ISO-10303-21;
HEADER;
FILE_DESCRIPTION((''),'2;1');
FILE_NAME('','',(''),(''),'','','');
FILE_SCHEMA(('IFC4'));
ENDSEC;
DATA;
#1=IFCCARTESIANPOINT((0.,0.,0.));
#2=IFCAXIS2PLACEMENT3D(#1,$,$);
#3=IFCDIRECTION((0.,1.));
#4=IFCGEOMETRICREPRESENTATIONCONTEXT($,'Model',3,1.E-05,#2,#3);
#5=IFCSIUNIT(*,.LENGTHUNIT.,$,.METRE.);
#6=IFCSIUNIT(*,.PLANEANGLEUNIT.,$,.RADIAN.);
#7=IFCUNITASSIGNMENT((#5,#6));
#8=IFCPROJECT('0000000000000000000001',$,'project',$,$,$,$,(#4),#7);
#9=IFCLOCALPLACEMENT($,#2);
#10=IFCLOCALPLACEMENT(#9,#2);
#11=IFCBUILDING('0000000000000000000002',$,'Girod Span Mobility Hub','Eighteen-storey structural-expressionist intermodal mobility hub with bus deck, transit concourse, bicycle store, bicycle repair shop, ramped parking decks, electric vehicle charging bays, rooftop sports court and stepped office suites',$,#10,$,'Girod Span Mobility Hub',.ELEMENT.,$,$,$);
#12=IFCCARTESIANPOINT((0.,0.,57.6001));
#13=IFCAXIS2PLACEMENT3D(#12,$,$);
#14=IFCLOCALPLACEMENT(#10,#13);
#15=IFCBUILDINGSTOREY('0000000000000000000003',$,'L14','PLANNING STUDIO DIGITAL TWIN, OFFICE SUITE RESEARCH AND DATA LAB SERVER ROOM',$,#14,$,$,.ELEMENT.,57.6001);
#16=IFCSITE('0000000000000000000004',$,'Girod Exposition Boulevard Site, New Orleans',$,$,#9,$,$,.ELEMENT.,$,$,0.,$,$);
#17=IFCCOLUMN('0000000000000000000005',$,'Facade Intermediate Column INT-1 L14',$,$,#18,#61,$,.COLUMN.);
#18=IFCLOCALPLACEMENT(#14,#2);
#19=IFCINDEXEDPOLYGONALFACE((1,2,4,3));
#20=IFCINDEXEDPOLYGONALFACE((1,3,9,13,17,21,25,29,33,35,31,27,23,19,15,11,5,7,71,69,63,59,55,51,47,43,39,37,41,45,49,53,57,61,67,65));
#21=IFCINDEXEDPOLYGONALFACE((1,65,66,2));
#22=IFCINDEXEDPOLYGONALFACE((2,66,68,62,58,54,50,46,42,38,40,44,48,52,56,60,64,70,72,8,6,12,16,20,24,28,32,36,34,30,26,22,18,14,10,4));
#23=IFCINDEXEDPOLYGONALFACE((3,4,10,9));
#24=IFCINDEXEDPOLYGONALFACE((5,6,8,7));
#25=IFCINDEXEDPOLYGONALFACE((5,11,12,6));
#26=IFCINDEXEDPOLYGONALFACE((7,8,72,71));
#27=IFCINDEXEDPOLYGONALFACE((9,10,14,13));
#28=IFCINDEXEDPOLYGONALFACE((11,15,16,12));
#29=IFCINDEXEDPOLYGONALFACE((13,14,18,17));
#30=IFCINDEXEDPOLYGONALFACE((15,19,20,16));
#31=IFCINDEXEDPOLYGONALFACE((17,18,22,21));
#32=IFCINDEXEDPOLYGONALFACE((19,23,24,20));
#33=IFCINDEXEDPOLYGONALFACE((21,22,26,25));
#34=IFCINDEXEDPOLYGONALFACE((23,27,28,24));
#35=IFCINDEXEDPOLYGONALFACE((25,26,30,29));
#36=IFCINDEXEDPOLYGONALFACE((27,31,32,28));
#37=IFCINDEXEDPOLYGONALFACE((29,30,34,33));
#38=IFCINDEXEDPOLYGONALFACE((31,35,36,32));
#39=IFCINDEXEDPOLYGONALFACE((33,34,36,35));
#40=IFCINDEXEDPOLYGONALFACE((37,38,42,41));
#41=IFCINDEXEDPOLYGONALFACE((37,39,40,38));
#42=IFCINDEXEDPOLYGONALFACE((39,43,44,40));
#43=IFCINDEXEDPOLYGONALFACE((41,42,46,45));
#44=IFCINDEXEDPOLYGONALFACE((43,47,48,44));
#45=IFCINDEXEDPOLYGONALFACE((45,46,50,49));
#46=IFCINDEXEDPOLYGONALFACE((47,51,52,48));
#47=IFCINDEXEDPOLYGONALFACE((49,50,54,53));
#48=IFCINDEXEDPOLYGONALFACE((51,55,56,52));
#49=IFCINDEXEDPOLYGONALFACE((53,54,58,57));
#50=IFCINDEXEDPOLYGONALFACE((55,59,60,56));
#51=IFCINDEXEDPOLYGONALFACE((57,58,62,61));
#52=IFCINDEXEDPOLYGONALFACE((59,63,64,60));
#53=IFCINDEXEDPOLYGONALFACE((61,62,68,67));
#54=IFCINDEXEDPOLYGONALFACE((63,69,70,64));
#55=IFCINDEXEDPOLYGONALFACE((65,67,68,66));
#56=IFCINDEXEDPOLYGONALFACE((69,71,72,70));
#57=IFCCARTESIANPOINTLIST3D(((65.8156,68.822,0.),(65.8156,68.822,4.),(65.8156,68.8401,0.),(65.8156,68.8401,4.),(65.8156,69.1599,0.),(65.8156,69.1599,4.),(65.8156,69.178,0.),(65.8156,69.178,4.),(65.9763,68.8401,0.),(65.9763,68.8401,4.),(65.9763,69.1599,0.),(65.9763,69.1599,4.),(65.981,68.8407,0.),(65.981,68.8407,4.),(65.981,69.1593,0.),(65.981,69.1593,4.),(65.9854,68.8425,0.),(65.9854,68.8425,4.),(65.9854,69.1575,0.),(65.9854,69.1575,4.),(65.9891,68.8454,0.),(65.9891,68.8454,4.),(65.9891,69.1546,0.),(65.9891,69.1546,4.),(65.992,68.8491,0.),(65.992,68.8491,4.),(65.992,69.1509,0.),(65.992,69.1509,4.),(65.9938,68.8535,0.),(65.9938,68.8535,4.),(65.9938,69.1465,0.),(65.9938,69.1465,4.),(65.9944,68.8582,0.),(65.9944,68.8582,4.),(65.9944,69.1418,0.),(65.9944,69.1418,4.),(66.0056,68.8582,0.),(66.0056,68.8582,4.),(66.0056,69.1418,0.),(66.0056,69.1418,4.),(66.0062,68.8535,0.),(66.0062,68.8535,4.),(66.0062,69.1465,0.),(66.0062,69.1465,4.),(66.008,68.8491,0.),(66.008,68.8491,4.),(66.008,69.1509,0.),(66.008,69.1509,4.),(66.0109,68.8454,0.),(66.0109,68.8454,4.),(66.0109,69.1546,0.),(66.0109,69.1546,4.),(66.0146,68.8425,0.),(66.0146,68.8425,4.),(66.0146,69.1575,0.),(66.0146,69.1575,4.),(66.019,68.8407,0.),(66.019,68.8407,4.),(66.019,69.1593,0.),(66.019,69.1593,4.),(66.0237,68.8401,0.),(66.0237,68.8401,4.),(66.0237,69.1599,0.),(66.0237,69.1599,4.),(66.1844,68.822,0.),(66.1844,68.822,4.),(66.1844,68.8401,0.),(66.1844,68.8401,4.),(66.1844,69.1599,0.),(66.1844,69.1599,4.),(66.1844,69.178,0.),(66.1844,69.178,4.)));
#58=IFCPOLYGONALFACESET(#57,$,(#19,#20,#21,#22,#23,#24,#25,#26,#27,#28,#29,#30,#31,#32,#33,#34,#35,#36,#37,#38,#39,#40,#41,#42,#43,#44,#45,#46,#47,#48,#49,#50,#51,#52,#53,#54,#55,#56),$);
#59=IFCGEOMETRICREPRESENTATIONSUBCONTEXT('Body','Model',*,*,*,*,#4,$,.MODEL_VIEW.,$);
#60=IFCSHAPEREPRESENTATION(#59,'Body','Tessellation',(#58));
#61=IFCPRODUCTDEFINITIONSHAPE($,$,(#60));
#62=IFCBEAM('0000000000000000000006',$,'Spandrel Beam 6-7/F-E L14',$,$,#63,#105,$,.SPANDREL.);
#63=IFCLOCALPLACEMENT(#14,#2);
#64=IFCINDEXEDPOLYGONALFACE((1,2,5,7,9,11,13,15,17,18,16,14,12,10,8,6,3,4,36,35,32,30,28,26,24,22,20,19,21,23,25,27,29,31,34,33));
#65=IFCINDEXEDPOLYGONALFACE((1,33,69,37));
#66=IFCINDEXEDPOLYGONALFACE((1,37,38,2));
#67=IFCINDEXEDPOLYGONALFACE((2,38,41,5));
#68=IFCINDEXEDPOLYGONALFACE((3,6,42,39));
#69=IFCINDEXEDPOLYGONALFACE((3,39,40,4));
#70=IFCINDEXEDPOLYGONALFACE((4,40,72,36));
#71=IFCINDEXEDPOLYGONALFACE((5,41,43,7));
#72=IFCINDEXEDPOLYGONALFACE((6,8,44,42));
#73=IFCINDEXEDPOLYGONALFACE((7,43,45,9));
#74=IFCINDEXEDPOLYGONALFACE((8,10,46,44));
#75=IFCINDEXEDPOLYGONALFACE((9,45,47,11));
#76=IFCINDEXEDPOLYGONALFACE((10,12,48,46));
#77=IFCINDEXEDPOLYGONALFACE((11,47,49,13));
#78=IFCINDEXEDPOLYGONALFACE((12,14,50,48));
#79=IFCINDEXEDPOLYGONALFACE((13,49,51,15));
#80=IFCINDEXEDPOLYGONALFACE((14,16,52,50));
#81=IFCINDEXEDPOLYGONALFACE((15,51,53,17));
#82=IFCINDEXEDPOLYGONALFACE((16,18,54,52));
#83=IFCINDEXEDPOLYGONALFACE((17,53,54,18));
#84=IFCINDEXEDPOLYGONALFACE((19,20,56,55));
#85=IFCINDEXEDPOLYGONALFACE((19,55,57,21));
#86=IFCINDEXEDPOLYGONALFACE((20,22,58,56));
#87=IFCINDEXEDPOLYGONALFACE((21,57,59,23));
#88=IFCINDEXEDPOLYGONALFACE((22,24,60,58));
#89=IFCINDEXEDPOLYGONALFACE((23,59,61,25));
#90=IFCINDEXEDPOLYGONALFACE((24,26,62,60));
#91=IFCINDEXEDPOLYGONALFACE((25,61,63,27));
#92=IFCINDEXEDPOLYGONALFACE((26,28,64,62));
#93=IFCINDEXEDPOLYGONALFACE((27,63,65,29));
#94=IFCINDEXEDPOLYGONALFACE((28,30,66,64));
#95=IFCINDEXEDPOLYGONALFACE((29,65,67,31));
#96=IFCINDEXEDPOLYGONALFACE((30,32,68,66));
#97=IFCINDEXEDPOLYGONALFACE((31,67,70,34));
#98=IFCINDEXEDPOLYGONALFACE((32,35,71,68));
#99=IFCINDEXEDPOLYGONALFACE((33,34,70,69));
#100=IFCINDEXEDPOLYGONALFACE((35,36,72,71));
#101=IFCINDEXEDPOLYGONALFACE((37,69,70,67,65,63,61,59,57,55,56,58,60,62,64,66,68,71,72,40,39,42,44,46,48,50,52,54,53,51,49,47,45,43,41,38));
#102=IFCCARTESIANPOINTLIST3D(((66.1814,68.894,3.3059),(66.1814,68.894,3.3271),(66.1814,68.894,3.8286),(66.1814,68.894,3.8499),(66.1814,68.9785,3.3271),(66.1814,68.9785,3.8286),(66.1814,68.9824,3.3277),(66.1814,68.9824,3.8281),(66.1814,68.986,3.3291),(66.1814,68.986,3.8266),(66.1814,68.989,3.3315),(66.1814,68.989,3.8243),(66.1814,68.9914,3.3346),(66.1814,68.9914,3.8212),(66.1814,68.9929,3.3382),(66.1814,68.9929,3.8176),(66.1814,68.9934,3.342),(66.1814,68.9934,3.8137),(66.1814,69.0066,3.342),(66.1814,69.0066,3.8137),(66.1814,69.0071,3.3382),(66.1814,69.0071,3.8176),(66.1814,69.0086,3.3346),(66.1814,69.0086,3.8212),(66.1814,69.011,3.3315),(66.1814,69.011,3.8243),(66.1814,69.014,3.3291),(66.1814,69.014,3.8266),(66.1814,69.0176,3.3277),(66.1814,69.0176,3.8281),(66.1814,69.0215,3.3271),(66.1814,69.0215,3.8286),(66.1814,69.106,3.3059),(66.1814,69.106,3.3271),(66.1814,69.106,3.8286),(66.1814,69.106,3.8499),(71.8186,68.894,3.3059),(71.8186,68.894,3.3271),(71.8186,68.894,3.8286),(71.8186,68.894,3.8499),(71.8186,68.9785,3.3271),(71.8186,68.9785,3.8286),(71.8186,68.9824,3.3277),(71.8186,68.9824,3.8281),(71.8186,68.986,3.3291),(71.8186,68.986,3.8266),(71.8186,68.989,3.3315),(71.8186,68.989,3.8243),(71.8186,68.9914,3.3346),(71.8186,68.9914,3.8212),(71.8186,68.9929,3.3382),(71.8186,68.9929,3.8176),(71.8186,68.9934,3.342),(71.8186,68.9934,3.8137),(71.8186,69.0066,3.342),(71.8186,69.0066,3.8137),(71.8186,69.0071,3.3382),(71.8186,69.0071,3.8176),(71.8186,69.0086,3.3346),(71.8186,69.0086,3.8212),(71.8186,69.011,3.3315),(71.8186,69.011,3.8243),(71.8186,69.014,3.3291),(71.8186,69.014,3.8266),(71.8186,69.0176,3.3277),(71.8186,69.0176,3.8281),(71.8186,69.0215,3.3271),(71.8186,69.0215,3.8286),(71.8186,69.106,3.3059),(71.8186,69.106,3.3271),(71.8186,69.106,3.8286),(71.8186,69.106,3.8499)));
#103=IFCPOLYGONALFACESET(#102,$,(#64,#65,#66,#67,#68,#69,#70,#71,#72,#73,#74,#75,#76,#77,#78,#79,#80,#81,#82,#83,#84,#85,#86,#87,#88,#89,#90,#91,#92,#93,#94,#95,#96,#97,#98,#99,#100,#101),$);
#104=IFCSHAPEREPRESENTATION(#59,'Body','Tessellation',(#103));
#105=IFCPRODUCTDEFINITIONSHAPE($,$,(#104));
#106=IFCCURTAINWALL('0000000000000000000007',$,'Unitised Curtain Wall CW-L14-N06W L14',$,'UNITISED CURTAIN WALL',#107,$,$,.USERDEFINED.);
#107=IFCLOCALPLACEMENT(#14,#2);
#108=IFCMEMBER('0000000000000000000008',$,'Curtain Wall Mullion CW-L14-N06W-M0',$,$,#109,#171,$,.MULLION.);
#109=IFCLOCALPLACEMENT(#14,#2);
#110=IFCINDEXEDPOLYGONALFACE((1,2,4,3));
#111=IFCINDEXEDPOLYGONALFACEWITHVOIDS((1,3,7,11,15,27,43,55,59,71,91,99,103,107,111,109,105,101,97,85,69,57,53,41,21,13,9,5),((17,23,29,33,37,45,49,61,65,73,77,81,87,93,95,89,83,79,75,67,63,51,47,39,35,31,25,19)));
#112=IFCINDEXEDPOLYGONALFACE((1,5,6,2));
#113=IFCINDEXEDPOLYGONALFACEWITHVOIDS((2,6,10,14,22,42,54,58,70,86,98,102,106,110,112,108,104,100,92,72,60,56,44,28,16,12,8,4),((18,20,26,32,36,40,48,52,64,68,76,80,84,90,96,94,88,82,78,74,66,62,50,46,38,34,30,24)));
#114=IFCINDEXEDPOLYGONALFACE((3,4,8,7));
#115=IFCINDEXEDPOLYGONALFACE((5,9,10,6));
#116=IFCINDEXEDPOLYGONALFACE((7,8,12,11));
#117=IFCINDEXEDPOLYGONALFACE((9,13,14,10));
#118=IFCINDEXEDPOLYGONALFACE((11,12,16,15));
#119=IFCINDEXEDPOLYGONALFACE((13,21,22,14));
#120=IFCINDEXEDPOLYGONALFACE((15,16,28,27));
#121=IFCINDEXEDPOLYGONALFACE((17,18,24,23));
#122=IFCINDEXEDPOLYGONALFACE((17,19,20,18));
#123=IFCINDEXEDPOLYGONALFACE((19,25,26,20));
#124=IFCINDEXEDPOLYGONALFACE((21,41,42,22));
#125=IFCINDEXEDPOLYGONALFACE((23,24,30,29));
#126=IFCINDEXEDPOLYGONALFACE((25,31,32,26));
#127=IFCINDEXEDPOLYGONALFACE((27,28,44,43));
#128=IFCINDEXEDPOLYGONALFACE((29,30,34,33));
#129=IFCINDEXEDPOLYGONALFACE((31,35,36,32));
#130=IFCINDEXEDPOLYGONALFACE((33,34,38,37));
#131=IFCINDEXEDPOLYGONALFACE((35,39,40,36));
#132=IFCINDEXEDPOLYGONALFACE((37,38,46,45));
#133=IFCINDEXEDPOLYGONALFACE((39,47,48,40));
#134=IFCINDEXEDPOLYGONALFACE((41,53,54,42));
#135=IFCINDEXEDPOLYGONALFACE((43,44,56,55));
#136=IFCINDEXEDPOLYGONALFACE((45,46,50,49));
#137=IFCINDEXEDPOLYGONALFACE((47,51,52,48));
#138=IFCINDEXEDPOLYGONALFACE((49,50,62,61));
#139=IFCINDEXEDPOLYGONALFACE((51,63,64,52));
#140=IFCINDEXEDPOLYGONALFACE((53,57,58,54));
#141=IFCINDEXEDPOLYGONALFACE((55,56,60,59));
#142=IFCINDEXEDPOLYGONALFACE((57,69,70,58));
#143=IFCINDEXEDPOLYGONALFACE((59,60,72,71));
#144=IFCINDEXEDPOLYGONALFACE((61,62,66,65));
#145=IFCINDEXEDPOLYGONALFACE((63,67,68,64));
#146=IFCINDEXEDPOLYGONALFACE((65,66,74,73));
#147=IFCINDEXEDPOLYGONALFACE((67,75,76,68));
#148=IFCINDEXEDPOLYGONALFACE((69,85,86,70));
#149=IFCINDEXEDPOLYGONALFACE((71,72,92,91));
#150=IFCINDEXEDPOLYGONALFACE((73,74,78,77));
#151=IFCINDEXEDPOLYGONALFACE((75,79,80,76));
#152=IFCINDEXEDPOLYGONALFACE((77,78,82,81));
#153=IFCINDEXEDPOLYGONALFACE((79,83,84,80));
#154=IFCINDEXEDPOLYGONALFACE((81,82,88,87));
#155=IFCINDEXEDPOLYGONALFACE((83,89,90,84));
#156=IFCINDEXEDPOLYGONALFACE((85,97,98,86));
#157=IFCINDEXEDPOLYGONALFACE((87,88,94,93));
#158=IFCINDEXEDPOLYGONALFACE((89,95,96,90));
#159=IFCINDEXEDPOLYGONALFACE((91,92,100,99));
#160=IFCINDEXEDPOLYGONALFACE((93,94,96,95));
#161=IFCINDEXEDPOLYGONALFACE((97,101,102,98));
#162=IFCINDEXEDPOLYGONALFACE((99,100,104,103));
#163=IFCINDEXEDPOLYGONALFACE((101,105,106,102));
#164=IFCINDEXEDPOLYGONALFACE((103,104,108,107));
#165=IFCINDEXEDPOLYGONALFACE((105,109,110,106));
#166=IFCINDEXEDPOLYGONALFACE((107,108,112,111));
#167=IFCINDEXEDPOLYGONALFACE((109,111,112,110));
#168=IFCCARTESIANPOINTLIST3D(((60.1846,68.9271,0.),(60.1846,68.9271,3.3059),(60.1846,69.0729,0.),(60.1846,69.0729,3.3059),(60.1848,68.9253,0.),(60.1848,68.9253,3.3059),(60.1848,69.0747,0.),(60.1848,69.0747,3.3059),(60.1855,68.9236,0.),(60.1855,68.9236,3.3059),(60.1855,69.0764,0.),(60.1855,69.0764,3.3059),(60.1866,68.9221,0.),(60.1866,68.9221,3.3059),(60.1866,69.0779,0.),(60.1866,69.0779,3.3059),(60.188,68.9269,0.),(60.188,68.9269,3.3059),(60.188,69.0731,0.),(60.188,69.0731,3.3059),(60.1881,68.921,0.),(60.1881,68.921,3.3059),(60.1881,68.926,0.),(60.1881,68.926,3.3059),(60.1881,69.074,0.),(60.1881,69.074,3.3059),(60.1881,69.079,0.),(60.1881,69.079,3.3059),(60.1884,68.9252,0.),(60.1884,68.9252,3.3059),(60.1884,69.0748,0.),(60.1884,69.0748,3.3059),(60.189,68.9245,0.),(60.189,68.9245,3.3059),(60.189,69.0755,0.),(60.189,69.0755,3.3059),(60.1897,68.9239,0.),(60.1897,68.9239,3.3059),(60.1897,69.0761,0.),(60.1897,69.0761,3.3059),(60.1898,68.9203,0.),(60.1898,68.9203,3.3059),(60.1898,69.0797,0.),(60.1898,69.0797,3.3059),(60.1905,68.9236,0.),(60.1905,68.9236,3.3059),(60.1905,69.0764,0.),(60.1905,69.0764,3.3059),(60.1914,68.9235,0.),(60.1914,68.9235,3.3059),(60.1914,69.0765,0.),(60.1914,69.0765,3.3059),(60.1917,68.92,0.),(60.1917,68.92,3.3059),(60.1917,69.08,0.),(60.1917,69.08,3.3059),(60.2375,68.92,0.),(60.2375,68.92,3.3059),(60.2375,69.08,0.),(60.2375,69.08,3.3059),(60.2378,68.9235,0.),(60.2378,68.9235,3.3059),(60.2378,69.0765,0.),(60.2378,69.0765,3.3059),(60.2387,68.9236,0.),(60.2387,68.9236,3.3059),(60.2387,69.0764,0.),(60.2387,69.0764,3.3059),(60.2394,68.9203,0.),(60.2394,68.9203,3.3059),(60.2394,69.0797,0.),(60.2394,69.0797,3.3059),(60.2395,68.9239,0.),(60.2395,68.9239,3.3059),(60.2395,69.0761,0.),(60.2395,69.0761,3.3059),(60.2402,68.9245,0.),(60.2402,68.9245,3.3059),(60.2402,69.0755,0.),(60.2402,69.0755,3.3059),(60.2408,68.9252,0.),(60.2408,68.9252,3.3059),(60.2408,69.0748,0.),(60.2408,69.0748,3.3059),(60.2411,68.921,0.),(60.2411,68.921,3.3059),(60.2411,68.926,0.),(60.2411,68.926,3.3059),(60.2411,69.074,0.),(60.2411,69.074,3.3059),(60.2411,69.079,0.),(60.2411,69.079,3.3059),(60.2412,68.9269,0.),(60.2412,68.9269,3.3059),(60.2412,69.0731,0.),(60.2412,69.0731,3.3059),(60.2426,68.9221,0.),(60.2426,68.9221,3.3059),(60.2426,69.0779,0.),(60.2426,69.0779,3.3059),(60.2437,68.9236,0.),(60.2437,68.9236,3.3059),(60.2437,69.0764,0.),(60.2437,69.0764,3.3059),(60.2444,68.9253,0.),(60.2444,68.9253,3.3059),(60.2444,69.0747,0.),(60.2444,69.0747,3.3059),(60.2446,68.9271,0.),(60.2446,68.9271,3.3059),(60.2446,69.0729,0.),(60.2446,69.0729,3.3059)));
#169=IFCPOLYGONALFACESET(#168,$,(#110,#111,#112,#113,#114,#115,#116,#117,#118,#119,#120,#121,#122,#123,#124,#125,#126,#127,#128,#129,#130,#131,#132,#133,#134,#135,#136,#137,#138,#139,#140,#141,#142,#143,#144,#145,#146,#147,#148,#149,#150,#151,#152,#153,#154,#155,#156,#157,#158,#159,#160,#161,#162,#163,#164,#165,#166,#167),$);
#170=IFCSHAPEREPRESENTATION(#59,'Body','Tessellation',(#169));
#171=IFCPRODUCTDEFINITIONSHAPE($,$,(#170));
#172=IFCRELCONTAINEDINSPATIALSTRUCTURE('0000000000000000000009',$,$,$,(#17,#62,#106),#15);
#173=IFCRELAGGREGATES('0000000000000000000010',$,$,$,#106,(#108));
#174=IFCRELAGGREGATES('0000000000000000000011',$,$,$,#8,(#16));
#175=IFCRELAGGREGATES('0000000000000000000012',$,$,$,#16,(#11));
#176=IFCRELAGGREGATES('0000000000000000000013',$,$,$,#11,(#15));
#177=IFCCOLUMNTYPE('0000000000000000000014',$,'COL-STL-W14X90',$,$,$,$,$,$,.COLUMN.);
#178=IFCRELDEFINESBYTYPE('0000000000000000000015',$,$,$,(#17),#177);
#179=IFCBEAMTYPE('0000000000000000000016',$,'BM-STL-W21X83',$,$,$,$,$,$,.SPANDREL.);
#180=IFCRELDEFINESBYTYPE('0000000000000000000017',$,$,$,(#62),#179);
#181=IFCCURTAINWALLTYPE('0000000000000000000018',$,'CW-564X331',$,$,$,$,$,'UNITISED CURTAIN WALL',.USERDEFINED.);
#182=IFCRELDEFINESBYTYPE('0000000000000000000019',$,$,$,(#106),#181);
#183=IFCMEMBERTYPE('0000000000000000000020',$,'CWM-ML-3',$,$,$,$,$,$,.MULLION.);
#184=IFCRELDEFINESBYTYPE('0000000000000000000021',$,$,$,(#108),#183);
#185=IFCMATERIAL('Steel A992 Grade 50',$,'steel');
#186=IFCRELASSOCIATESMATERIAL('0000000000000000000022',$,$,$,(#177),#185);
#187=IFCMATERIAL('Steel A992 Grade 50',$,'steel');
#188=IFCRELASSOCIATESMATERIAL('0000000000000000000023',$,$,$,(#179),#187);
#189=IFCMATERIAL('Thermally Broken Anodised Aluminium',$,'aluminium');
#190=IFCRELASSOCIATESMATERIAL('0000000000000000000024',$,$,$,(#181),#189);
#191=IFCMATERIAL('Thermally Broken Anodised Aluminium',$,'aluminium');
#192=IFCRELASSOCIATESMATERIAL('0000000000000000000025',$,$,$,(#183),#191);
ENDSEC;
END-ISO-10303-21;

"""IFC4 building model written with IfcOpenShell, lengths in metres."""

from ifc_helpers import new_model, si_unit, direction, frame, origin, origin_2d, place, context, subcontext, project, spatial, hollow_rectangle, i_section, extrude, material, material_profile, profile_set, type_object, element, aggregate, save


model = new_model("IFC4")

# Units and contexts
model_context = context("Model", 3, precision=1e-05, world=origin(), true_north=direction((0.0, 1.0)))
body_context = subcontext(model_context, "Body", "Model", "MODEL_VIEW")
ifc_project = project(units=[si_unit("LENGTHUNIT", "METRE"), si_unit("PLANEANGLEUNIT", "RADIAN")], contexts=[model_context])

# Site, building, storey
site_placement = place(None, origin())
site = spatial("IfcSite", under=ifc_project, at=site_placement, Name="Girod Exposition Boulevard Site, New Orleans", CompositionType="ELEMENT", RefElevation=0.0)
building_placement = place(site_placement, origin())
building = spatial("IfcBuilding", under=site, at=building_placement, Name="Girod Span Mobility Hub", Description="Eighteen-storey structural-expressionist intermodal mobility hub with bus deck, transit concourse, bicycle store, bicycle repair shop, ramped parking decks, electric vehicle charging bays, rooftop sports court and stepped office suites", LongName="Girod Span Mobility Hub", CompositionType="ELEMENT")
storey_placement = place(building_placement, frame((0.0, 0.0, 57.6001)))
storey = spatial("IfcBuildingStorey", under=building, at=storey_placement, Name="L14", Description="PLANNING STUDIO DIGITAL TWIN, OFFICE SUITE RESEARCH AND DATA LAB SERVER ROOM", CompositionType="ELEMENT", Elevation=57.6001)

# Column
ifc_material_1 = material(Name="Steel A992 Grade 50", Category="steel")
ifc_material_profile_1 = material_profile(ifc_material_1, i_section(OverallWidth=0.3689, OverallDepth=0.356, WebThickness=0.0112, FlangeThickness=0.0181, FilletRadius=0.0181, at=origin_2d()), Name="W14X90")
ifc_profile_set_1 = profile_set([ifc_material_profile_1], Name="Steel A992 Grade 50")
column_type = type_object("IfcColumnType", Name="COL-STL-W14X90", PredefinedType="COLUMN", material=ifc_profile_set_1)
column_placement = place(storey_placement, frame((66.0, 69.0, 0.0), z_axis=(0.0, 0.0, 1.0), x_axis=(1.0, 0.0, 0.0)))
element("IfcColumn", 1, at=column_placement, inside=storey, type_object=column_type, Name="Facade Intermediate Column INT-1 L14", PredefinedType="COLUMN", context=body_context, shape_type="SweptSolid", body=[
    extrude(i_section(OverallWidth=0.3689, OverallDepth=0.356, WebThickness=0.0112, FlangeThickness=0.0181, FilletRadius=0.0181, at=origin_2d()), origin(), (0.0, 0.0, 1.0), 4.0),
])

# Beam
ifc_material_2 = material(Name="Steel A992 Grade 50", Category="steel")
ifc_material_profile_2 = material_profile(ifc_material_2, i_section(OverallWidth=0.2119, OverallDepth=0.5439, WebThickness=0.0132, FlangeThickness=0.0212, FilletRadius=0.0149, at=origin_2d()), Name="W21X83")
ifc_profile_set_2 = profile_set([ifc_material_profile_2], Name="Steel A992 Grade 50")
beam_type = type_object("IfcBeamType", Name="BM-STL-W21X83", PredefinedType="SPANDREL", material=ifc_profile_set_2)
beam_placement = place(storey_placement, frame((66.1814, 69.0, 3.5779), z_axis=(1.0, 0.0, 0.0), x_axis=(0.0, 1.0, 0.0)))
element("IfcBeam", 2, at=beam_placement, inside=storey, type_object=beam_type, Name="Spandrel Beam 6-7/F-E L14", PredefinedType="SPANDREL", context=body_context, shape_type="SweptSolid", body=[
    extrude(i_section(OverallWidth=0.2119, OverallDepth=0.5439, WebThickness=0.0132, FlangeThickness=0.0212, FilletRadius=0.0149, at=origin_2d()), origin(), (0.0, 0.0, 1.0), 5.6372),
])

# Curtain wall, member
ifc_material_3 = material(Name="Thermally Broken Anodised Aluminium", Category="aluminium")
curtain_wall_type = type_object("IfcCurtainWallType", Name="CW-564X331", ElementType="UNITISED CURTAIN WALL", PredefinedType="USERDEFINED", material=ifc_material_3)
curtain_wall_1_placement = place(storey_placement, origin())
curtain_wall_1 = element("IfcCurtainWall", 3, at=curtain_wall_1_placement, inside=storey, type_object=curtain_wall_type, Name="Unitised Curtain Wall CW-L14-N06W L14", ObjectType="UNITISED CURTAIN WALL", PredefinedType="USERDEFINED")
ifc_material_4 = material(Name="Thermally Broken Anodised Aluminium", Category="aluminium")
ifc_material_profile_3 = material_profile(ifc_material_4, hollow_rectangle(XDim=0.1599, YDim=0.0601, WallThickness=0.0034, InnerFilletRadius=0.0034, OuterFilletRadius=0.0071, at=origin_2d()), Name="CW-ML-60X160")
ifc_profile_set_3 = profile_set([ifc_material_profile_3], Name="Thermally Broken Anodised Aluminium")
member_type_1 = type_object("IfcMemberType", Name="CWM-ML-3", PredefinedType="MULLION", material=ifc_profile_set_3)
member_1_placement = place(storey_placement, frame((60.2146, 69.0, 0.0), z_axis=(0.0, 0.0, 1.0), x_axis=(0.0, 1.0, 0.0)))
member_1 = element("IfcMember", 4, at=member_1_placement, type_object=member_type_1, Name="Curtain Wall Mullion CW-L14-N06W-M0", PredefinedType="MULLION", context=body_context, shape_type="SweptSolid", body=[
    extrude(hollow_rectangle(XDim=0.1599, YDim=0.0601, WallThickness=0.0034, InnerFilletRadius=0.0034, OuterFilletRadius=0.0071, at=origin_2d()), origin(), (0.0, 0.0, 1.0), 3.3059),
])

aggregate(curtain_wall_1, [member_1])

save(model, "model.ifc")
